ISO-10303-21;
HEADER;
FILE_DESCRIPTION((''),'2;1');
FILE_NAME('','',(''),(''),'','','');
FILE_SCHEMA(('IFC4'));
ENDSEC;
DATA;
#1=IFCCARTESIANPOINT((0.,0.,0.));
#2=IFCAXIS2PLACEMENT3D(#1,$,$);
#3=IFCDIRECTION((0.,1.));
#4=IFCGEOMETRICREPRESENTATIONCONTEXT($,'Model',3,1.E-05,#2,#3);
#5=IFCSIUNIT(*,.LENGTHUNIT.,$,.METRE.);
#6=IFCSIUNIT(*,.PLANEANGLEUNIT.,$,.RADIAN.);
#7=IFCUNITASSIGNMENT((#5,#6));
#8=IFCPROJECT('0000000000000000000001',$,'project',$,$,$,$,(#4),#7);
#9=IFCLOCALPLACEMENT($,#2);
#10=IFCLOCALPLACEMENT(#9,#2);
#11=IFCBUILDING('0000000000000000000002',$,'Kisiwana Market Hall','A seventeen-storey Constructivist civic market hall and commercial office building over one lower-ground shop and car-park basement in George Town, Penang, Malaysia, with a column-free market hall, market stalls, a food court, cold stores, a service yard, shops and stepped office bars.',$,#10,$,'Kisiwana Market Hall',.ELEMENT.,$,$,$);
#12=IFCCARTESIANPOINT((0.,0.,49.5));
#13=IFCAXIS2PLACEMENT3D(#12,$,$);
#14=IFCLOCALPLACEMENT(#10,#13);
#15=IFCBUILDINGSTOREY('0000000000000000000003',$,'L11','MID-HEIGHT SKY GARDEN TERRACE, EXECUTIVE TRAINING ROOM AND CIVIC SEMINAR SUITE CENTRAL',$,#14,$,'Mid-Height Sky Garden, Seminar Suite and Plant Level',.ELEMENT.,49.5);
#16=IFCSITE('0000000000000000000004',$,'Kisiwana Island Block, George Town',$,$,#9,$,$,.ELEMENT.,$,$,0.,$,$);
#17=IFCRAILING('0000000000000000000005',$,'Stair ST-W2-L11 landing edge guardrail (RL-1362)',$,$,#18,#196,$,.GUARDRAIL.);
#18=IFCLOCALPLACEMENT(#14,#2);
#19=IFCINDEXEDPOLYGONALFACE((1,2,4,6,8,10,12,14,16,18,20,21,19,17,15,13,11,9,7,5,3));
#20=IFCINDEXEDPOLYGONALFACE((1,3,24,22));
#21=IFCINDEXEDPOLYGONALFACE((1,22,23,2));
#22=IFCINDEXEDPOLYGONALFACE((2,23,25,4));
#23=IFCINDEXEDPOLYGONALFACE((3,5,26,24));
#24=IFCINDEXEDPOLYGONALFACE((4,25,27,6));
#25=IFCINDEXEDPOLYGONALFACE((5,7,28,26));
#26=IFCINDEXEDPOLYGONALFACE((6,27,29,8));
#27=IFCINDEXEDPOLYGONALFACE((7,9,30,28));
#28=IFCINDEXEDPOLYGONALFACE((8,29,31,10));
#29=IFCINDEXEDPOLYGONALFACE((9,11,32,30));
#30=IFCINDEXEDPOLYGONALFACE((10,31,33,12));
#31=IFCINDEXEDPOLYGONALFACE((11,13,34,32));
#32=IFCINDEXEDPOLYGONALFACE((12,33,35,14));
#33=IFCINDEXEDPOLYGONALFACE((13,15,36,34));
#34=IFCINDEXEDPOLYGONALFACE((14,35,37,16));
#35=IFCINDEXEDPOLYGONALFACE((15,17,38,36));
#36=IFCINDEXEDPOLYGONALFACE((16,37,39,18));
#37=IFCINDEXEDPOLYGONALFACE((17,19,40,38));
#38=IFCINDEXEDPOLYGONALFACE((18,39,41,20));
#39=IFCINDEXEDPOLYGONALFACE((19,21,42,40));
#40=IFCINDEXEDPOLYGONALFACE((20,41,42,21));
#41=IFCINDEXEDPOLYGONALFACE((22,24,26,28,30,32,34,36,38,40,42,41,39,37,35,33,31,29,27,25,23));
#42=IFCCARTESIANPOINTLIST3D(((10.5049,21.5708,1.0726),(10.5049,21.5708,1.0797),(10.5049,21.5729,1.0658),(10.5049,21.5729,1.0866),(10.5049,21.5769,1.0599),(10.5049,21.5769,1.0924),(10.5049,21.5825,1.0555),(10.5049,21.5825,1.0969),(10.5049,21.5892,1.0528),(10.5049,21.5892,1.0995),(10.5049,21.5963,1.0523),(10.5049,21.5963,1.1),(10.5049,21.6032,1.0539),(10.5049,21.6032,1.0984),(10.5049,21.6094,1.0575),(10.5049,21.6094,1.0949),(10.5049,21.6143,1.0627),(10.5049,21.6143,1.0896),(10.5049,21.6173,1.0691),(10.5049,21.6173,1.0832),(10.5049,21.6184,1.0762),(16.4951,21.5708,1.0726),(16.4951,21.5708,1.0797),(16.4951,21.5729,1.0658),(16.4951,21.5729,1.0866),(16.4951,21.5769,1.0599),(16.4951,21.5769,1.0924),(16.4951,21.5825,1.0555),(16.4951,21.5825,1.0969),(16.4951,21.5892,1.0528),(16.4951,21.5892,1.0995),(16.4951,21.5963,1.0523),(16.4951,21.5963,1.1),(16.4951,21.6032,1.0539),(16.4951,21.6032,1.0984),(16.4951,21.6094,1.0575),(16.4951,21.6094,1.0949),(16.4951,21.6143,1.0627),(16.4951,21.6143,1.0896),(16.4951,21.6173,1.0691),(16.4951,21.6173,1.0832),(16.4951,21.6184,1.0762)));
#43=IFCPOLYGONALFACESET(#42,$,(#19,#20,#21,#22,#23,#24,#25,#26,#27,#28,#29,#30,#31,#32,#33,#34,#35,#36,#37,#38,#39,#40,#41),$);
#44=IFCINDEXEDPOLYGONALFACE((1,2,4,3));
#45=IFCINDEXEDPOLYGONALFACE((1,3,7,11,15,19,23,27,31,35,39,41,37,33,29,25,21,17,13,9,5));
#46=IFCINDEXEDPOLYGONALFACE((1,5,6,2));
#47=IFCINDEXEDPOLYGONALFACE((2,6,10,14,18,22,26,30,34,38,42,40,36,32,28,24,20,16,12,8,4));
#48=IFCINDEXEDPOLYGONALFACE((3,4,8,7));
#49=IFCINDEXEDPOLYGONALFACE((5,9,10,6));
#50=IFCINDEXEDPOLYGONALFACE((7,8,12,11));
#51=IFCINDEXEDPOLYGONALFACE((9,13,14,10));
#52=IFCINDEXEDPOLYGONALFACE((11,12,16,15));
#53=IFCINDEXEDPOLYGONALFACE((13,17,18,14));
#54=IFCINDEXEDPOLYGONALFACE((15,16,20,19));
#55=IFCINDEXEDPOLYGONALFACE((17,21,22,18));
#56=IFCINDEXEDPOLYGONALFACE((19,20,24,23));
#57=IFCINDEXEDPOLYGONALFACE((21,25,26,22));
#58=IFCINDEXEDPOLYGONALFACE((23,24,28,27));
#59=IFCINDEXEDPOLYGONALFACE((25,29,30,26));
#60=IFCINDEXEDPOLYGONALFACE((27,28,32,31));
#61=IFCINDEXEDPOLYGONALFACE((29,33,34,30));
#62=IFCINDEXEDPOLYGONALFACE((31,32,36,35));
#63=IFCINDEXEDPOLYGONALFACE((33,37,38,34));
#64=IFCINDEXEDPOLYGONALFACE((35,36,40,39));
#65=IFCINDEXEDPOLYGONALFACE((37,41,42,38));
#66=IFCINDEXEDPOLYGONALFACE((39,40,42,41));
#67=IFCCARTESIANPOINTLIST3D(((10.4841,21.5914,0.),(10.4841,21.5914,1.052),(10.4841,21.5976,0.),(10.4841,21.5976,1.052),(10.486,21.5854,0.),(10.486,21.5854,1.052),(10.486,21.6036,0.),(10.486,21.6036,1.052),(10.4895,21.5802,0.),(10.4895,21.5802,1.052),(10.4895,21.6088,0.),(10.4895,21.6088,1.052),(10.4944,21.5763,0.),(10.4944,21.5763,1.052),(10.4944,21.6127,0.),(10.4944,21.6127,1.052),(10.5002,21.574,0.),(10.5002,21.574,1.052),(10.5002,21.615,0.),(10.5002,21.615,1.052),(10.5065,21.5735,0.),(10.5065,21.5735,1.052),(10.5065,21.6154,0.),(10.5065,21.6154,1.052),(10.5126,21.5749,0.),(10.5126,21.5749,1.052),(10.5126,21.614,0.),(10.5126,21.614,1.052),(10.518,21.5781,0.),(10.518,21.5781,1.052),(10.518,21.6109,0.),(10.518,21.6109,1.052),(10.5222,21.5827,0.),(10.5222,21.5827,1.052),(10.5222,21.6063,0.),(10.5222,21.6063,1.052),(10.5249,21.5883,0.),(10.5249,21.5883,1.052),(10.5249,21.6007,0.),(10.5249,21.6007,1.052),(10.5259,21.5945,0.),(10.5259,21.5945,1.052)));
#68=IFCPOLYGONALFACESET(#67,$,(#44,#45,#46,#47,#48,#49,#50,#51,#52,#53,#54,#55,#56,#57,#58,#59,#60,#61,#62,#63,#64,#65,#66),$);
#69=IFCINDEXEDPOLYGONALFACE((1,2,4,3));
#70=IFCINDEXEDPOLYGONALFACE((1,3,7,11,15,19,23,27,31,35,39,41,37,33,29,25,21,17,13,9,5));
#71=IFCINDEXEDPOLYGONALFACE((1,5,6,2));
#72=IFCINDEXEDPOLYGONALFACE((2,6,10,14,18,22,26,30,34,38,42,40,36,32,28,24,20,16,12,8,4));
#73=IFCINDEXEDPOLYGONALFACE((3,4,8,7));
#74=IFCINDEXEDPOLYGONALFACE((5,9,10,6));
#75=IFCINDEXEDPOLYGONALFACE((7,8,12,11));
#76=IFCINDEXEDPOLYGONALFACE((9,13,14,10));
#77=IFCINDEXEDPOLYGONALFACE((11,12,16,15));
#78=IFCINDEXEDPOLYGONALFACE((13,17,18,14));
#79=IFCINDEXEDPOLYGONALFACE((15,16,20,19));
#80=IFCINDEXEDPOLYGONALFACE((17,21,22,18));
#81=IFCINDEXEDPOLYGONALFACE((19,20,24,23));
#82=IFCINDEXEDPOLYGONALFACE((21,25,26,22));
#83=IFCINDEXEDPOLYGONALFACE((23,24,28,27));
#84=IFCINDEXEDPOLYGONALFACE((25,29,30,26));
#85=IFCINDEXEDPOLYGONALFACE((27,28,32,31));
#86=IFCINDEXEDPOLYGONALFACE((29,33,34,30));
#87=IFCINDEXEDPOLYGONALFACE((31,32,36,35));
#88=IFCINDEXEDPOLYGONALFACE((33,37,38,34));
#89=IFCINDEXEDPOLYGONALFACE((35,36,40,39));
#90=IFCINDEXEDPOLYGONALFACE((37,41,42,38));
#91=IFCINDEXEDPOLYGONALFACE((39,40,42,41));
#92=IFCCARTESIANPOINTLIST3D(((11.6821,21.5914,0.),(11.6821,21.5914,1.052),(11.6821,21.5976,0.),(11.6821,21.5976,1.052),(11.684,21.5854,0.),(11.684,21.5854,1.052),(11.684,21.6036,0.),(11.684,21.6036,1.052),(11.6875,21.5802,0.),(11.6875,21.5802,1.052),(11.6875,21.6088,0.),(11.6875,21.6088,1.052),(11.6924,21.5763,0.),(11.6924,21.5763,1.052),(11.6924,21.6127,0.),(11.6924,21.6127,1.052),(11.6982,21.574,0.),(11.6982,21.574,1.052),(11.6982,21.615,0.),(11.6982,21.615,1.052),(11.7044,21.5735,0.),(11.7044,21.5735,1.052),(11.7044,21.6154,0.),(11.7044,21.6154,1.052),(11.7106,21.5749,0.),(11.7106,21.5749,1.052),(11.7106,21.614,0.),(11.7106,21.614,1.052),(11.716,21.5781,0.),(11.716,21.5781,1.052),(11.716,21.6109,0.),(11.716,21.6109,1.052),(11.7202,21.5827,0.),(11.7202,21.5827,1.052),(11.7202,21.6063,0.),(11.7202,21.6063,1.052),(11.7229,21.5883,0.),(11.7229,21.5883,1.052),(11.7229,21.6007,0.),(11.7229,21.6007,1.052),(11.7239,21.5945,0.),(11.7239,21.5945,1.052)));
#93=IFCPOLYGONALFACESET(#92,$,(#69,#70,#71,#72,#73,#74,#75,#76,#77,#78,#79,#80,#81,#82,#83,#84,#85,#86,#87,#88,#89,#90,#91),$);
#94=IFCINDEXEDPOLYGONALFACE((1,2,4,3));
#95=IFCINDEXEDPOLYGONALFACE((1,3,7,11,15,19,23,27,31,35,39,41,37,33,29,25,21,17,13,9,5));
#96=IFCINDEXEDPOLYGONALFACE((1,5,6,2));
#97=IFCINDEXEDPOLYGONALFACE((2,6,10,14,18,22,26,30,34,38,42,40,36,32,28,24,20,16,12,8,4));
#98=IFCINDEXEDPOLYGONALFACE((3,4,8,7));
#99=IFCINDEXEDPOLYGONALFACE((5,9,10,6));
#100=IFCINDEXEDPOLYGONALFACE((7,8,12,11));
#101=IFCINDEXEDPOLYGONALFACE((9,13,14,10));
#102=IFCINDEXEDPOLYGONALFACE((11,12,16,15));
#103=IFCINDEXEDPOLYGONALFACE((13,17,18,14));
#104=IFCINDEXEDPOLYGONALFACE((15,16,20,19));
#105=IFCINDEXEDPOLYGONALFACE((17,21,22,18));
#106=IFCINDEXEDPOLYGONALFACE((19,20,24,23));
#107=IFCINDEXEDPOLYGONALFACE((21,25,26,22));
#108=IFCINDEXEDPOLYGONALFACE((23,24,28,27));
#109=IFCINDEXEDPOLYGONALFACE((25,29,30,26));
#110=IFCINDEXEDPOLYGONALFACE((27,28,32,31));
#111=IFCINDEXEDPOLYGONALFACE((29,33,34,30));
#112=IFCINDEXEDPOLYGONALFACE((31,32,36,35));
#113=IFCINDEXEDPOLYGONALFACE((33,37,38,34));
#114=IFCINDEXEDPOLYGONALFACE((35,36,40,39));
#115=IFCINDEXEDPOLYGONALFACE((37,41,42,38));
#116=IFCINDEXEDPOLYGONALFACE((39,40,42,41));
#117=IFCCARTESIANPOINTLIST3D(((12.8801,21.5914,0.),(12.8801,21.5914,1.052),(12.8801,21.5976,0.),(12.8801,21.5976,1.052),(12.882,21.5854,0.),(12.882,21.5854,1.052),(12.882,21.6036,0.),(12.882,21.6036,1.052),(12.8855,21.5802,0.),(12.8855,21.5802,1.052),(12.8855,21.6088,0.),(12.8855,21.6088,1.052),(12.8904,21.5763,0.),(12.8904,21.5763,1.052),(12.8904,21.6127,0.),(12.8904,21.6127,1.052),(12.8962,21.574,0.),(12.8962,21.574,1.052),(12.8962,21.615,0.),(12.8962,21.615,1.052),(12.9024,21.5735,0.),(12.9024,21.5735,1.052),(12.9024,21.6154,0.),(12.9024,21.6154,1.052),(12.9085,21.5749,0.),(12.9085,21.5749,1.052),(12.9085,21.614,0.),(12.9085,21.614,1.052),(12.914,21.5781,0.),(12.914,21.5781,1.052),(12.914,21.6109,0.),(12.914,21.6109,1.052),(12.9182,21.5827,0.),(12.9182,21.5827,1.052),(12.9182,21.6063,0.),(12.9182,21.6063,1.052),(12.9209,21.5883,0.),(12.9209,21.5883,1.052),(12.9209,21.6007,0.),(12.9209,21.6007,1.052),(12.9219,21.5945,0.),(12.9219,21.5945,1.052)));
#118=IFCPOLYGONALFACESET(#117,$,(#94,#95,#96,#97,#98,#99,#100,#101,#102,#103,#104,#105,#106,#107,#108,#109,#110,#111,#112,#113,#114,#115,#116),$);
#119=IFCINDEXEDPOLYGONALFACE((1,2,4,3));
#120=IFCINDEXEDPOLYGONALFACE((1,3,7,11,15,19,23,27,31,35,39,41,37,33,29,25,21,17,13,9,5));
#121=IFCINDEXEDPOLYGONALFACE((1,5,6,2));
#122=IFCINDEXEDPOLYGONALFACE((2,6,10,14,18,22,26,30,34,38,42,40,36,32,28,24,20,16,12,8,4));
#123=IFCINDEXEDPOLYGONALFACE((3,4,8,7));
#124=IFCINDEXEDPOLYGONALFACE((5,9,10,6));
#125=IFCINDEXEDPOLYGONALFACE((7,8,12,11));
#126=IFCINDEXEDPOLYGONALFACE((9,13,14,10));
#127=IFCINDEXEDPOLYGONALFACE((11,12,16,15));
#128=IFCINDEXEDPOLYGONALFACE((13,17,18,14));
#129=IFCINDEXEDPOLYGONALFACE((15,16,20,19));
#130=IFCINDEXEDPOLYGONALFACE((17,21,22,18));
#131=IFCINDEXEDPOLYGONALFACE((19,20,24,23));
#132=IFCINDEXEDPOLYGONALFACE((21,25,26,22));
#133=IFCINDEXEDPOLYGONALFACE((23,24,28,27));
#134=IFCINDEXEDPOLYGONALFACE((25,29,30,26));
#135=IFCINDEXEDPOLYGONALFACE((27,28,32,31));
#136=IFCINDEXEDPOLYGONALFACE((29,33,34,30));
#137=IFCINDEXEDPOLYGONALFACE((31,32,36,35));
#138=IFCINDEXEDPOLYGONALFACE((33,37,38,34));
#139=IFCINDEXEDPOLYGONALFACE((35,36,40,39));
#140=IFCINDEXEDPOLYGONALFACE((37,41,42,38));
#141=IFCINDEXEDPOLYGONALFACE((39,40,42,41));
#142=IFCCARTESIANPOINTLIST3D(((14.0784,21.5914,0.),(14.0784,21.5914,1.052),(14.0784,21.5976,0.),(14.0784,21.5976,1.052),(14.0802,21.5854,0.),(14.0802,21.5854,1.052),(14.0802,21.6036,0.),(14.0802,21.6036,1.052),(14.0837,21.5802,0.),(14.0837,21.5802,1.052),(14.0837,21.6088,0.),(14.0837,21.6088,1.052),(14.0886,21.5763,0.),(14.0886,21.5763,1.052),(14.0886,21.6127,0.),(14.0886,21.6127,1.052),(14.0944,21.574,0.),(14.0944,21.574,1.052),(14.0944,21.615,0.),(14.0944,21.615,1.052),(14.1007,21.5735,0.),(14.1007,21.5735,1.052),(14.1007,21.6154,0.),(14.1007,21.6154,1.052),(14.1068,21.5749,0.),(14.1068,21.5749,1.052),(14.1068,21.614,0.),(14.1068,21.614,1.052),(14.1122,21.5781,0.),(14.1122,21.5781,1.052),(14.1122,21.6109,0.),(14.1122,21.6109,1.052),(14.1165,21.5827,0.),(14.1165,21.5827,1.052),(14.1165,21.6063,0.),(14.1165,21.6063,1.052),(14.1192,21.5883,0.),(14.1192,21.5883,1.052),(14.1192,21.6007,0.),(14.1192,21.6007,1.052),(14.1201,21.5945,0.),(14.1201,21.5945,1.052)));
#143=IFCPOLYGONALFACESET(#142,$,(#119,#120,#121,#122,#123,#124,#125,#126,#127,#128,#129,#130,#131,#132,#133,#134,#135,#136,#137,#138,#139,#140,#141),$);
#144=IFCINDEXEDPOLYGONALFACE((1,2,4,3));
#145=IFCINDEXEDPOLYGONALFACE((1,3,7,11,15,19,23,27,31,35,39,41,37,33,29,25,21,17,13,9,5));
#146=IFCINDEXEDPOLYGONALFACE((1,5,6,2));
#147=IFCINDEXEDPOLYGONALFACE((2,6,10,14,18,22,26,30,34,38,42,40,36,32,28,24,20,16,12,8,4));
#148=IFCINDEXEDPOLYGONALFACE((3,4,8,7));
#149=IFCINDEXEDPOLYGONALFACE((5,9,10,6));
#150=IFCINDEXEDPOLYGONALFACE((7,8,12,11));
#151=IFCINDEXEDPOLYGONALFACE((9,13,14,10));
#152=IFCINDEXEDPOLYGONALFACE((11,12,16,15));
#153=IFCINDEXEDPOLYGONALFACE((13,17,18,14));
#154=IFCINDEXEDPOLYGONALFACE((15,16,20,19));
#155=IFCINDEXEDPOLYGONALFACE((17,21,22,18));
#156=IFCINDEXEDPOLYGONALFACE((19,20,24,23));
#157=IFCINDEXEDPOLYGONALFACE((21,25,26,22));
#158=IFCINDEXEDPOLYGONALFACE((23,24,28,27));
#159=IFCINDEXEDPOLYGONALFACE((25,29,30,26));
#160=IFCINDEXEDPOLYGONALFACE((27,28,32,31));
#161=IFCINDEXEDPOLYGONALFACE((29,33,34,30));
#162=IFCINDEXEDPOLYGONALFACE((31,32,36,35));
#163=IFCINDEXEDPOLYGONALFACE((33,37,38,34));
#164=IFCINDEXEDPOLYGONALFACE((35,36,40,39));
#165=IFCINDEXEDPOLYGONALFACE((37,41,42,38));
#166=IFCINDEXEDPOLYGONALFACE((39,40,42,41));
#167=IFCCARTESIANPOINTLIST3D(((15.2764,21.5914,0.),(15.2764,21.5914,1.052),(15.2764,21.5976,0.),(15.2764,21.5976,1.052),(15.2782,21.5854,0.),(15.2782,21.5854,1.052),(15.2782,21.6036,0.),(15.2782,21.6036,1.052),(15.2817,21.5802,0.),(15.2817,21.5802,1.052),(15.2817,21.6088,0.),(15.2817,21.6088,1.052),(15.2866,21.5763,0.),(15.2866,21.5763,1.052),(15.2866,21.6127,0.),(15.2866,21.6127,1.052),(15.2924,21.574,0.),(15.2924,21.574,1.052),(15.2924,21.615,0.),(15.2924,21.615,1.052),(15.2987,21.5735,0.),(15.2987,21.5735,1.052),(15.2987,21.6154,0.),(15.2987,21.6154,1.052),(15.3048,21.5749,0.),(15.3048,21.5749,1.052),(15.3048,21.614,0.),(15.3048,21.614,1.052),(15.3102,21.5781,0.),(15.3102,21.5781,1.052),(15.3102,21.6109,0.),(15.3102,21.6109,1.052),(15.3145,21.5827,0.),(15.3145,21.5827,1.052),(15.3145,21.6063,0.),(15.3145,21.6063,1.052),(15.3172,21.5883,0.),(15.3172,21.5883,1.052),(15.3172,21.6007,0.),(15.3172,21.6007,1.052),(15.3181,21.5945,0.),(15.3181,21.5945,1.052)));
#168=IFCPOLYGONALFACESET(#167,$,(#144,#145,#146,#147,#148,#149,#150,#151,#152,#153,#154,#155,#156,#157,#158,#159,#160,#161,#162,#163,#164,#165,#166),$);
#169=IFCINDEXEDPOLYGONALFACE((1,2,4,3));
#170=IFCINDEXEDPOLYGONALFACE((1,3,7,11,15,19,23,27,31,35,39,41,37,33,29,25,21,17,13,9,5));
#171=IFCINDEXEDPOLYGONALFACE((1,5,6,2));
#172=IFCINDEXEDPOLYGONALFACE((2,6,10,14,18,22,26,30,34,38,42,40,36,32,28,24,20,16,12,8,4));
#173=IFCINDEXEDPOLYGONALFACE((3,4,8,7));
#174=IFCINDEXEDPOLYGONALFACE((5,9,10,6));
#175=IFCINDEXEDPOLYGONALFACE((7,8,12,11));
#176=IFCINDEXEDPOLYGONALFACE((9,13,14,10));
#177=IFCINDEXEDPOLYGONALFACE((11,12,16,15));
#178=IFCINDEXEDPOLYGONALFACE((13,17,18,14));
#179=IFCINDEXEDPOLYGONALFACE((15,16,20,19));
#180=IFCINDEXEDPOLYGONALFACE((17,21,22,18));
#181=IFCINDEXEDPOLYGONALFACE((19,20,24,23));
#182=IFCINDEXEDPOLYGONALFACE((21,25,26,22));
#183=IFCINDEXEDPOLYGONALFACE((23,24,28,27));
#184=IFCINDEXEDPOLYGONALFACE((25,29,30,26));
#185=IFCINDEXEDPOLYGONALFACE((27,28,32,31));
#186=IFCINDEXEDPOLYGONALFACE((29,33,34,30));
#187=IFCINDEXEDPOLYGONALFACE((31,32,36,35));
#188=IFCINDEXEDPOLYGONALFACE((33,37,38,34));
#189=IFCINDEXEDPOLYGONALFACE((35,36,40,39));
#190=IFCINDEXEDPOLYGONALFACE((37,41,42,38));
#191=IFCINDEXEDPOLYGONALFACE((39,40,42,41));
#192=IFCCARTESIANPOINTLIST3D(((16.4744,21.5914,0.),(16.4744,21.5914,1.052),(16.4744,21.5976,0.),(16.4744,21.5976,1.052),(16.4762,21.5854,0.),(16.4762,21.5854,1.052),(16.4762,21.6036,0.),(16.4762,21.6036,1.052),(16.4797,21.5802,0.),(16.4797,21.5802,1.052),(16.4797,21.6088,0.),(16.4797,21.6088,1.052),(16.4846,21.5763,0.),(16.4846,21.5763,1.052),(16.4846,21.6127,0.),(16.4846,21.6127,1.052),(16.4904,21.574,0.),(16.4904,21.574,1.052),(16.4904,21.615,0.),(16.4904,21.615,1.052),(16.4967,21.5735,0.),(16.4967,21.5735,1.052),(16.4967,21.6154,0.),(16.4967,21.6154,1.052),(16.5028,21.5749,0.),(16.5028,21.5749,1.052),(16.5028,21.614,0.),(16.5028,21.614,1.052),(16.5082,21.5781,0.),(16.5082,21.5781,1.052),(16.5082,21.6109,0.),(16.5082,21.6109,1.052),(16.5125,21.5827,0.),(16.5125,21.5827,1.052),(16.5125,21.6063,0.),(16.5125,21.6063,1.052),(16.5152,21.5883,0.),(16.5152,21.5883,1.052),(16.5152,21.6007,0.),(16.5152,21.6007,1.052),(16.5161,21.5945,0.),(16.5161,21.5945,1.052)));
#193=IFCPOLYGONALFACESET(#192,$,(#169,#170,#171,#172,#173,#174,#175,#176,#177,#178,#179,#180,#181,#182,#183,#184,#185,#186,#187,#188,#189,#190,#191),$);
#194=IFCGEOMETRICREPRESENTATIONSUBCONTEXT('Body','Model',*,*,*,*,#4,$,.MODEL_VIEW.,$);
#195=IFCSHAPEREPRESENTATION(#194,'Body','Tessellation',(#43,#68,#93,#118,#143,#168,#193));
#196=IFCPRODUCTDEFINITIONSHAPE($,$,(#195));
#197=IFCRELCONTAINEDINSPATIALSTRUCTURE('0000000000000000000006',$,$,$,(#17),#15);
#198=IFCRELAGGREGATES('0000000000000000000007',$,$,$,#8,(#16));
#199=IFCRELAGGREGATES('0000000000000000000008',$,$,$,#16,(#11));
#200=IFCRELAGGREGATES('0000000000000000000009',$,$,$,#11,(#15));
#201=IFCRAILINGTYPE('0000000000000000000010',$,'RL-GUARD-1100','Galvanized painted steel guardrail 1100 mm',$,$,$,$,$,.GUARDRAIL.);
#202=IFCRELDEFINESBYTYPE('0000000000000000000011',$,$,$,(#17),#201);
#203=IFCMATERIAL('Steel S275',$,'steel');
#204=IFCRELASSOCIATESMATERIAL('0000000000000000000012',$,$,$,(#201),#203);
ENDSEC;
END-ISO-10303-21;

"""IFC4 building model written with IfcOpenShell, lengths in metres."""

from ifc_helpers import new_model, si_unit, direction, frame, origin, origin_2d, place, context, subcontext, project, spatial, circle, extrude, material, type_object, element, save


model = new_model("IFC4")

# Units and contexts
model_context = context("Model", 3, precision=1e-05, world=origin(), true_north=direction((0.0, 1.0)))
body_context = subcontext(model_context, "Body", "Model", "MODEL_VIEW")
ifc_project = project(units=[si_unit("LENGTHUNIT", "METRE"), si_unit("PLANEANGLEUNIT", "RADIAN")], contexts=[model_context])

# Site, building, storey
site_placement = place(None, origin())
site = spatial("IfcSite", under=ifc_project, at=site_placement, Name="Kisiwana Island Block, George Town", CompositionType="ELEMENT", RefElevation=0.0)
building_placement = place(site_placement, origin())
building = spatial("IfcBuilding", under=site, at=building_placement, Name="Kisiwana Market Hall", Description="A seventeen-storey Constructivist civic market hall and commercial office building over one lower-ground shop and car-park basement in George Town, Penang, Malaysia, with a column-free market hall, market stalls, a food court, cold stores, a service yard, shops and stepped office bars.", LongName="Kisiwana Market Hall", CompositionType="ELEMENT")
storey_placement = place(building_placement, frame((0.0, 0.0, 49.5)))
storey = spatial("IfcBuildingStorey", under=building, at=storey_placement, Name="L11", Description="MID-HEIGHT SKY GARDEN TERRACE, EXECUTIVE TRAINING ROOM AND CIVIC SEMINAR SUITE CENTRAL", LongName="Mid-Height Sky Garden, Seminar Suite and Plant Level", CompositionType="ELEMENT", Elevation=49.5)

# Railing
ifc_material_1 = material(Name="Steel S275", Category="steel")
railing_type_1 = type_object("IfcRailingType", Name="RL-GUARD-1100", Description="Galvanized painted steel guardrail 1100 mm", PredefinedType="GUARDRAIL", material=ifc_material_1)
railing_1_placement = place(storey_placement, frame((10.5049, 21.5945, 0.0)))
element("IfcRailing", 1, at=railing_1_placement, inside=storey, type_object=railing_type_1, Name="Stair ST-W2-L11 landing edge guardrail (RL-1362)", PredefinedType="GUARDRAIL", context=body_context, shape_type="SweptSolid", body=[
    extrude(circle(Radius=0.0239, at=origin_2d()), frame((0.0, 0.0, 1.0762), z_axis=(1.0, 0.0, 0.0), x_axis=(0.0, 1.0, 0.0)), (0.0, 0.0, 1.0), 5.9902),
    extrude(circle(Radius=0.021, at=origin_2d()), origin(), (0.0, 0.0, 1.0), 1.052),
    extrude(circle(Radius=0.021, at=origin_2d()), frame((1.198, 0.0, 0.0)), (0.0, 0.0, 1.0), 1.052),
    extrude(circle(Radius=0.021, at=origin_2d()), frame((2.396, 0.0, 0.0)), (0.0, 0.0, 1.0), 1.052),
    extrude(circle(Radius=0.021, at=origin_2d()), frame((3.5942, 0.0, 0.0)), (0.0, 0.0, 1.0), 1.052),
    extrude(circle(Radius=0.021, at=origin_2d()), frame((4.7922, 0.0, 0.0)), (0.0, 0.0, 1.0), 1.052),
    extrude(circle(Radius=0.021, at=origin_2d()), frame((5.9902, 0.0, 0.0)), (0.0, 0.0, 1.0), 1.052),
])

save(model, "model.ifc")
